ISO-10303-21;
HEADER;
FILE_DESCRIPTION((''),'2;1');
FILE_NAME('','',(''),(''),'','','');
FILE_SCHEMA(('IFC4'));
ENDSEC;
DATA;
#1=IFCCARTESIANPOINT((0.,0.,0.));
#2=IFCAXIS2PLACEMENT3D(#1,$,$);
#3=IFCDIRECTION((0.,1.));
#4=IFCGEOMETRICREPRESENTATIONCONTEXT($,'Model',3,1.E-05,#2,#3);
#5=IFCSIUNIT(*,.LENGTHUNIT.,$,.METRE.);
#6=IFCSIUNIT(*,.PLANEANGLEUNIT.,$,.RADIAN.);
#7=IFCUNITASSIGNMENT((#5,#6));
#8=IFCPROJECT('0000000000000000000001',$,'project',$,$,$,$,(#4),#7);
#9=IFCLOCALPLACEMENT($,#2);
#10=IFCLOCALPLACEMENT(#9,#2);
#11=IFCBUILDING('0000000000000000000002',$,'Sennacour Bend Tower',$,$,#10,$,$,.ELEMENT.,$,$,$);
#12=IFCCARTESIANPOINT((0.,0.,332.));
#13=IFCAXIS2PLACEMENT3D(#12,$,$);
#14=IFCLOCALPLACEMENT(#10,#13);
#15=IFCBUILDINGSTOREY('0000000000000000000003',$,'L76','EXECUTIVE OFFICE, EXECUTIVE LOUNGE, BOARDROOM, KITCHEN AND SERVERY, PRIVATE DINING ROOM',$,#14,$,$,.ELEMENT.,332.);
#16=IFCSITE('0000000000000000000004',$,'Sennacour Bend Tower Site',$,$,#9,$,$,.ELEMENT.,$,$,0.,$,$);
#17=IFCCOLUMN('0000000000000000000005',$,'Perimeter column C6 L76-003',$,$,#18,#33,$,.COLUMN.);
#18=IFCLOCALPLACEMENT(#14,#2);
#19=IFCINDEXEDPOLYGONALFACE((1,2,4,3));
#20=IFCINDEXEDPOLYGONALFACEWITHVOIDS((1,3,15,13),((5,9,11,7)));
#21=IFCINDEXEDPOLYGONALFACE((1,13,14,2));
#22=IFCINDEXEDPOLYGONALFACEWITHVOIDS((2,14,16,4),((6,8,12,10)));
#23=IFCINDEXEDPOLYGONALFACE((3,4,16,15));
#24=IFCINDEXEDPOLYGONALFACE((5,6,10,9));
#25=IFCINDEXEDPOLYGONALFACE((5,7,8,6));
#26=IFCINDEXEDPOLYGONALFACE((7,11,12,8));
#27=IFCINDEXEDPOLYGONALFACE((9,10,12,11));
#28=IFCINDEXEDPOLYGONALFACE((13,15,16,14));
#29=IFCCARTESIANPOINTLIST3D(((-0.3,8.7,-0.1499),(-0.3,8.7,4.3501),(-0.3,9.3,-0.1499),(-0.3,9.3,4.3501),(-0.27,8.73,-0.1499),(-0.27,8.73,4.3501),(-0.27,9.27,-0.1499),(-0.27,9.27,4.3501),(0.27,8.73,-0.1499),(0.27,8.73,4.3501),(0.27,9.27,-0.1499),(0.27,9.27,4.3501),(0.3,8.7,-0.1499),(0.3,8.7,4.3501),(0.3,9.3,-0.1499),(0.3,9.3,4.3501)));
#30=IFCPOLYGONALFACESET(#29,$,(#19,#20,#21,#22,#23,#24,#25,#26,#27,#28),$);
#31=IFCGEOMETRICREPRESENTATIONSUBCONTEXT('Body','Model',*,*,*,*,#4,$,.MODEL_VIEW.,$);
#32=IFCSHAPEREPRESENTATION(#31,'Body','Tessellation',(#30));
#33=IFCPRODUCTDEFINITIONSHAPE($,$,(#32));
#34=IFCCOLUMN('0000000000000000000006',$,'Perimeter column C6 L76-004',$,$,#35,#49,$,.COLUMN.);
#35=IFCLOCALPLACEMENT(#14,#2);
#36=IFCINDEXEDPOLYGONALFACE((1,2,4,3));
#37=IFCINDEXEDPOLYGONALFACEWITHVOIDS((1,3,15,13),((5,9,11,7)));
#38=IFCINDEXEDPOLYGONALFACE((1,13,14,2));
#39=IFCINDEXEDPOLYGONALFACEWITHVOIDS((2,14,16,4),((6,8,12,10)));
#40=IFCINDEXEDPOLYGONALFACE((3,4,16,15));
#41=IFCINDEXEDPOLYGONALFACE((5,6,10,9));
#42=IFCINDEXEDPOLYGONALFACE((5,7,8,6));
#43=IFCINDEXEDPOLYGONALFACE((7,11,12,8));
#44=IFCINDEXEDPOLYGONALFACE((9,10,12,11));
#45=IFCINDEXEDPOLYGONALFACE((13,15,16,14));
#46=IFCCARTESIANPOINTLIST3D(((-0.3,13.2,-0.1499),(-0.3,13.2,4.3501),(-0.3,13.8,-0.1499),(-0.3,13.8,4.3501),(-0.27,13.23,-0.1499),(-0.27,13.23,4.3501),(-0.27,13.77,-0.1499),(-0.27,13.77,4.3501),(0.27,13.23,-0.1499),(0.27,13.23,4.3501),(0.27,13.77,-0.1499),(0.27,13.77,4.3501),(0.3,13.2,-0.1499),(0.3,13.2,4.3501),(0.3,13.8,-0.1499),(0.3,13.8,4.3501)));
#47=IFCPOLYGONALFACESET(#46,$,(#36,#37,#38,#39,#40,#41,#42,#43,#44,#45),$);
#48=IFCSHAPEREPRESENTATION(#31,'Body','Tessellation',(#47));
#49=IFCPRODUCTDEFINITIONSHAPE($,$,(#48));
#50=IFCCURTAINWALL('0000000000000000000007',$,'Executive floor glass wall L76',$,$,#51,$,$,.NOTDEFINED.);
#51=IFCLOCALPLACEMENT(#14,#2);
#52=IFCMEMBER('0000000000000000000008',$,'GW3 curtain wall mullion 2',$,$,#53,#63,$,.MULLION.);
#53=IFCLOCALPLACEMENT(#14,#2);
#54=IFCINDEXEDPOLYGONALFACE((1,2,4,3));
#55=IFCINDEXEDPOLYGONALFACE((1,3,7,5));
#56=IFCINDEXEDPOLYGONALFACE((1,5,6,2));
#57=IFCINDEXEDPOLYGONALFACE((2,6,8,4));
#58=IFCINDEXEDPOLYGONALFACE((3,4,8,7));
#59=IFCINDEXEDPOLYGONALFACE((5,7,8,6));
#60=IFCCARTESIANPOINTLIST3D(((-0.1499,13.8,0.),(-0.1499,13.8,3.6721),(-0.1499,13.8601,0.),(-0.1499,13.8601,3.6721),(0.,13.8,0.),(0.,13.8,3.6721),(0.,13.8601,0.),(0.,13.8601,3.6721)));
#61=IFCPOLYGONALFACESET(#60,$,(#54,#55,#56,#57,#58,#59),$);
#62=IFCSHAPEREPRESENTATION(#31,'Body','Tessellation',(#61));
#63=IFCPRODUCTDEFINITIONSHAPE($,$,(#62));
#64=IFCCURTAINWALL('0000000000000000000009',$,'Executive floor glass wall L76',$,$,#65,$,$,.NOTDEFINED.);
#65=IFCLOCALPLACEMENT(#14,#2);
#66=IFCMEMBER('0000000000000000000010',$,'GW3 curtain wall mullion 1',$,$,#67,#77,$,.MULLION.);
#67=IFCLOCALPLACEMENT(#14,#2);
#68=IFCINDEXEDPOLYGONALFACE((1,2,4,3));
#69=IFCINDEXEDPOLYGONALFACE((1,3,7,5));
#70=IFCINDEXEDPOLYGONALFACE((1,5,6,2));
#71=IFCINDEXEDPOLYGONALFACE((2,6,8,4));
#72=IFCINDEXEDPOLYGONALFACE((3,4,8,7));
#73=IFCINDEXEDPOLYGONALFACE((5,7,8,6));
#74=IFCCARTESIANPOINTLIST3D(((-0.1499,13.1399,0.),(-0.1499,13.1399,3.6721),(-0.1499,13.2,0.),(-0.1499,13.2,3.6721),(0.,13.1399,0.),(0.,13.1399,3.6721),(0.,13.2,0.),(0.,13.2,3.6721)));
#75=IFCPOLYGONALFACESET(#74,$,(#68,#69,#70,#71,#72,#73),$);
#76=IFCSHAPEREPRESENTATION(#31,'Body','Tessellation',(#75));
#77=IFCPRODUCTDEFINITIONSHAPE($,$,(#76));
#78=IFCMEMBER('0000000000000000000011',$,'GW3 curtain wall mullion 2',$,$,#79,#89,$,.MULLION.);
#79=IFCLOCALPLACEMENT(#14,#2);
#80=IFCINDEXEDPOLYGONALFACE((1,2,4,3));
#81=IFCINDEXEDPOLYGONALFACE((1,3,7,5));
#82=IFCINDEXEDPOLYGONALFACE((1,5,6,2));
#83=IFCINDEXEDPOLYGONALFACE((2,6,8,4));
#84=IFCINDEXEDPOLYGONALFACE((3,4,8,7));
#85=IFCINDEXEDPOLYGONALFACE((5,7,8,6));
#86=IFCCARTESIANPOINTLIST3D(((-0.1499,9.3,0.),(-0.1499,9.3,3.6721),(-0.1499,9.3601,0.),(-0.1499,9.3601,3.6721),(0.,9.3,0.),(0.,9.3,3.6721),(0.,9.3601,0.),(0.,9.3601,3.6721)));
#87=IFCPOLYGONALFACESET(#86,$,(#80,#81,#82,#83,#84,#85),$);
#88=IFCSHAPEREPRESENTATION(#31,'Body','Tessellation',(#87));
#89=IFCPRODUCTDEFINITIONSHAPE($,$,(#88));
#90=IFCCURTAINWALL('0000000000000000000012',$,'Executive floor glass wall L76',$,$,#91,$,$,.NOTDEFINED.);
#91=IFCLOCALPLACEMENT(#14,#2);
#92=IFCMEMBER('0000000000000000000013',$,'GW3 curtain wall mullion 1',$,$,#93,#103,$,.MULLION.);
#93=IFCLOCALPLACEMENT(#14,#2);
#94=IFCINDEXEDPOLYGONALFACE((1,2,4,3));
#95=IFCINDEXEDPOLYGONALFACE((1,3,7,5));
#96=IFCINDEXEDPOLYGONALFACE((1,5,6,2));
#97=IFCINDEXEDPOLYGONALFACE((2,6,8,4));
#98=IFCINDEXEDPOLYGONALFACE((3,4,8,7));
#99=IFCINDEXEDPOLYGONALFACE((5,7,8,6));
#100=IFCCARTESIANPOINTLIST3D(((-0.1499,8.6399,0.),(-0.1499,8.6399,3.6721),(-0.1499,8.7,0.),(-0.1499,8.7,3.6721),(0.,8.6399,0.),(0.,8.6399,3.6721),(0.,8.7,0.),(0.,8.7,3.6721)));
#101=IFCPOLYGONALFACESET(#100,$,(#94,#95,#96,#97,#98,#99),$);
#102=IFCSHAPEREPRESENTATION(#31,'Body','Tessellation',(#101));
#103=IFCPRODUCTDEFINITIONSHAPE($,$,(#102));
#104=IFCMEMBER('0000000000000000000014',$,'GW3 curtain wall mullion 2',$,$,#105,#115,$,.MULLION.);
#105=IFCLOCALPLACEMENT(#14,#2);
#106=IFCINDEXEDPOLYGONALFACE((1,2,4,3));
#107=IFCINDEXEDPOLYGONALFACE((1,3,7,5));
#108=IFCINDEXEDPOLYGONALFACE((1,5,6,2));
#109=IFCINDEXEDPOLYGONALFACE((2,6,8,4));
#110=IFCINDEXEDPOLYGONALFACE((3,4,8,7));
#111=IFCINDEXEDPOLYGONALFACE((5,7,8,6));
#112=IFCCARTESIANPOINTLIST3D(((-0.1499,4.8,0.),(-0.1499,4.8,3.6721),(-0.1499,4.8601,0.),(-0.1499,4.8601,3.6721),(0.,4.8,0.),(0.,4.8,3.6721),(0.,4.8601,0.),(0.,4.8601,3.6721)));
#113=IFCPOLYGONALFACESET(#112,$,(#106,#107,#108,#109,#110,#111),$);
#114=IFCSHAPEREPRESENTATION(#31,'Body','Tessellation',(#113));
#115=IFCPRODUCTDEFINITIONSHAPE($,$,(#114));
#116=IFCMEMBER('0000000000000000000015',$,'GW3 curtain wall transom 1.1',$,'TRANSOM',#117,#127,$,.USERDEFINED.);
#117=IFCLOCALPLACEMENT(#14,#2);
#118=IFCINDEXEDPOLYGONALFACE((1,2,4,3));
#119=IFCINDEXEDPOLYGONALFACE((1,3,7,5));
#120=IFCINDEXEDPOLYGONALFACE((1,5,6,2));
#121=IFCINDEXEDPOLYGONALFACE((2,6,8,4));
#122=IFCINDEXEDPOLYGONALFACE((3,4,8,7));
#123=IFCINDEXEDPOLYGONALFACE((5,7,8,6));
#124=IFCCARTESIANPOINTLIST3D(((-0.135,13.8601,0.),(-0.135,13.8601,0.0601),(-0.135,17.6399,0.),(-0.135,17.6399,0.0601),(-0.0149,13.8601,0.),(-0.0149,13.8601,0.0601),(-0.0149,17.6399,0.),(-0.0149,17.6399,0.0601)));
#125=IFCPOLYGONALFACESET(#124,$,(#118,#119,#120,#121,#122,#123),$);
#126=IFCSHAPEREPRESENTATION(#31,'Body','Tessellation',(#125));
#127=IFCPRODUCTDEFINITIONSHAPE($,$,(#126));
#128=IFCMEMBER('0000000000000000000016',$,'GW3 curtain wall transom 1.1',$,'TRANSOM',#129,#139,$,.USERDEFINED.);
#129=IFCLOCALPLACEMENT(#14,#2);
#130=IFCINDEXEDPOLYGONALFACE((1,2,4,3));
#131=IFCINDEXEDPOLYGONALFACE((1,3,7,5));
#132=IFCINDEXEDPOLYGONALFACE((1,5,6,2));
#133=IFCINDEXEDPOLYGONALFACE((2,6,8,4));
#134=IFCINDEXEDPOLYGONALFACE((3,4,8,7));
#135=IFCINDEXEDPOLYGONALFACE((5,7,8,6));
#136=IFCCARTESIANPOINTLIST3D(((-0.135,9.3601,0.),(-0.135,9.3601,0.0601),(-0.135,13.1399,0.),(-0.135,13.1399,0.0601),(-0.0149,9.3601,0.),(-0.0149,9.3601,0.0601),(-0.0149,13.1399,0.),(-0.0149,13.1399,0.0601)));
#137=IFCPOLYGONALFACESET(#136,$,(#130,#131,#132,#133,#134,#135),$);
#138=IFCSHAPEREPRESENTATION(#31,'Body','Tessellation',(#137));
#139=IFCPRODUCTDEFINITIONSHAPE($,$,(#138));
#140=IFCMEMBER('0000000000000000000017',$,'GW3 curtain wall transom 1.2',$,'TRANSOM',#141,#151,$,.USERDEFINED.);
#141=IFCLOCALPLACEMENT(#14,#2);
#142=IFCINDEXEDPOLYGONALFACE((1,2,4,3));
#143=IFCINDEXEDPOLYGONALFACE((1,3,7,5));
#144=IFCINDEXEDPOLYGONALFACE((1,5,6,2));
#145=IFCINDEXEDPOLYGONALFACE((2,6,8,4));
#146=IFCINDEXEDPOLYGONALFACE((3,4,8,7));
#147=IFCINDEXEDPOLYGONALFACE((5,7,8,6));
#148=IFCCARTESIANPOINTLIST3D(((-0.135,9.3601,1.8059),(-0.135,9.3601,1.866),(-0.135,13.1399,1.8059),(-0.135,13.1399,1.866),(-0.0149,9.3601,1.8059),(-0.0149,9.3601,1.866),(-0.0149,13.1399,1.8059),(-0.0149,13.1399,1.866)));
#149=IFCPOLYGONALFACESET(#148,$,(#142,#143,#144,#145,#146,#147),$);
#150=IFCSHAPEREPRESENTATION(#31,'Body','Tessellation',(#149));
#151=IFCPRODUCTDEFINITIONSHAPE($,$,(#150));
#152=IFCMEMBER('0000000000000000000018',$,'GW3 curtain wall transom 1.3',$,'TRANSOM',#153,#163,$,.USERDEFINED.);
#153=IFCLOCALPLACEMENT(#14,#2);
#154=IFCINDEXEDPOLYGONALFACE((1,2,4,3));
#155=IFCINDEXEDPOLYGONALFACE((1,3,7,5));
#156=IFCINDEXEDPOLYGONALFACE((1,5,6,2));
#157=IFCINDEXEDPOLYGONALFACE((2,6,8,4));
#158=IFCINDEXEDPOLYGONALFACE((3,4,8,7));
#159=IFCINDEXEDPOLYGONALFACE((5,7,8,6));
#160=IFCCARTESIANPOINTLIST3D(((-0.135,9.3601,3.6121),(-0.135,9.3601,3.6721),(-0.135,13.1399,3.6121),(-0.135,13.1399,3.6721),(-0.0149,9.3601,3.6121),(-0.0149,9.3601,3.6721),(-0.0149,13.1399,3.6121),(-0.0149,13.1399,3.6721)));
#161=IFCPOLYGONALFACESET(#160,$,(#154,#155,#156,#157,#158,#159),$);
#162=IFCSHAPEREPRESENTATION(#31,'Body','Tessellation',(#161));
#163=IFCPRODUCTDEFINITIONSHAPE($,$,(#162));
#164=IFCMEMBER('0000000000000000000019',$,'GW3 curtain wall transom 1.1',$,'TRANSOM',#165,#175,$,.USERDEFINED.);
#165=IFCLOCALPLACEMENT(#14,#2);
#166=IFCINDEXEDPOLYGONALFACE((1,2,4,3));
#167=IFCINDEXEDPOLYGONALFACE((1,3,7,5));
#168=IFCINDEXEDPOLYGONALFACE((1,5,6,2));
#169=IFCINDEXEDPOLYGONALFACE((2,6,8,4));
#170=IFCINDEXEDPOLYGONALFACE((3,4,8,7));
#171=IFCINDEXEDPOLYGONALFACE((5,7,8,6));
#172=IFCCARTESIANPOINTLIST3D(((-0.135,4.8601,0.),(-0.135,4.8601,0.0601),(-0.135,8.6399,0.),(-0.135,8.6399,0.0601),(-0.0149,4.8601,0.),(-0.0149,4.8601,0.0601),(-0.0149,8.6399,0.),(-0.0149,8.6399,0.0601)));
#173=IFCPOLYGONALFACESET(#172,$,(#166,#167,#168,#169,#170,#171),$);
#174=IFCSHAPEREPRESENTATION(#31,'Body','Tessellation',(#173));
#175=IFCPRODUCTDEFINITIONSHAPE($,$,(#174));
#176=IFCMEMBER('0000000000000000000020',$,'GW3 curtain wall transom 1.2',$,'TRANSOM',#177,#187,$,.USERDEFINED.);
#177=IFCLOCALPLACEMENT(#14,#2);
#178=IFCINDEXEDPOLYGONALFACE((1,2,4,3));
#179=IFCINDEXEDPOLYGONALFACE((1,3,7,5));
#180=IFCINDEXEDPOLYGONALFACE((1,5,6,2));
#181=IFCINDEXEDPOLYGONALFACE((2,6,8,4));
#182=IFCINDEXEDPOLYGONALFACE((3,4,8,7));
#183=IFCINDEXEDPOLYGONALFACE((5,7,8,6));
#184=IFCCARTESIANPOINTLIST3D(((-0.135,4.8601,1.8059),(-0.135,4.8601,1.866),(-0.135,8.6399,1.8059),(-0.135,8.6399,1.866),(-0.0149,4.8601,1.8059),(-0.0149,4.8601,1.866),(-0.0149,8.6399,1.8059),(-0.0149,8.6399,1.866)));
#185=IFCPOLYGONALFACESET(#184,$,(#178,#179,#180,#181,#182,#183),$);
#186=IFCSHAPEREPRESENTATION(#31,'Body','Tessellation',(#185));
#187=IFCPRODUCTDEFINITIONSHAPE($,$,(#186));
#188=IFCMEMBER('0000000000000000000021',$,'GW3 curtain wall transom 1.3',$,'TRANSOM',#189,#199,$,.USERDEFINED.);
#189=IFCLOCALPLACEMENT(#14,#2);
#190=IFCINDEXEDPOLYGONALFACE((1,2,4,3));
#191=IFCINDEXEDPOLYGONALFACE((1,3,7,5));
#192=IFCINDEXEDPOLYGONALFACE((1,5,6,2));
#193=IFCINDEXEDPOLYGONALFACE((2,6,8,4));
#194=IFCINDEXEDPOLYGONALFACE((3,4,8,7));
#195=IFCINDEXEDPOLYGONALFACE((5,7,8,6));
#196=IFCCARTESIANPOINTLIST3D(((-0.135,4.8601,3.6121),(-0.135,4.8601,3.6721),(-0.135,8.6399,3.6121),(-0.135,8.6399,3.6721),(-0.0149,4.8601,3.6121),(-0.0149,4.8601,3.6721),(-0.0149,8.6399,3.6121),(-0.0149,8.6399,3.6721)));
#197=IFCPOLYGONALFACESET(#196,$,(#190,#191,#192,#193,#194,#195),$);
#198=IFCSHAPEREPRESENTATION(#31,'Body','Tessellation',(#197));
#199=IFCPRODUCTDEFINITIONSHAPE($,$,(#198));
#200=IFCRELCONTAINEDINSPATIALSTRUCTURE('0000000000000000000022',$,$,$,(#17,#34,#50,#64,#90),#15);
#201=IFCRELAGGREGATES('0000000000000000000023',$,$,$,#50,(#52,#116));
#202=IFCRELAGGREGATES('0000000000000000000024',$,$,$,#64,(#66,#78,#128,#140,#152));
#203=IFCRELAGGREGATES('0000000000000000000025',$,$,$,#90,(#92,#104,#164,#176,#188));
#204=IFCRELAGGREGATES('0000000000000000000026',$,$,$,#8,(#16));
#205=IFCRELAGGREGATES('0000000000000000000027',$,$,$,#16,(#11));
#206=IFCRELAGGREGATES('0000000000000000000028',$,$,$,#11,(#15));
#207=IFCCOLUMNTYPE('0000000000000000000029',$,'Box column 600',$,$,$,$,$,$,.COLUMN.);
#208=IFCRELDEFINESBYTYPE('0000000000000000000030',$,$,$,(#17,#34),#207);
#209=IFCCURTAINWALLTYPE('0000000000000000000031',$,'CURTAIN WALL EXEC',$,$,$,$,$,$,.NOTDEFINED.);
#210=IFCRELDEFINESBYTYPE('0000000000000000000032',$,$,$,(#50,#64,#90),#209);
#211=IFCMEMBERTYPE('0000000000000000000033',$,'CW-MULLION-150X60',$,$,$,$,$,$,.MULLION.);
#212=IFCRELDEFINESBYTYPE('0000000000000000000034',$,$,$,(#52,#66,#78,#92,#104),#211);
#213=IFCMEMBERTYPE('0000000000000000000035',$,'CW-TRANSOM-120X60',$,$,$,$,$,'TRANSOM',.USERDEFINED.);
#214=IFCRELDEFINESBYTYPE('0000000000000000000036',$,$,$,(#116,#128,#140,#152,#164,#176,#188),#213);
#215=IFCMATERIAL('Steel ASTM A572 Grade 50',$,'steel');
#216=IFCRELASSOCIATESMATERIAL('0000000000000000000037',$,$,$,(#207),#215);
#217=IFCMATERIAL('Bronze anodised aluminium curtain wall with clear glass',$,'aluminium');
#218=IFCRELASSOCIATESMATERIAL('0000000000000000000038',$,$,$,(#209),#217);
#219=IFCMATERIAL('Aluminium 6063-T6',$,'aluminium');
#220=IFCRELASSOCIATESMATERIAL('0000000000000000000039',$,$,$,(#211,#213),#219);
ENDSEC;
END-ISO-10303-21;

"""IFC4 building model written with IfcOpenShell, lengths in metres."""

from ifc_helpers import new_model, si_unit, direction, frame, origin, origin_2d, place, context, subcontext, project, spatial, rectangle, hollow_rectangle, extrude, material, material_profile, profile_set, type_object, element, aggregate, save


model = new_model("IFC4")

# Units and contexts
model_context = context("Model", 3, precision=1e-05, world=origin(), true_north=direction((0.0, 1.0)))
body_context = subcontext(model_context, "Body", "Model", "MODEL_VIEW")
ifc_project = project(units=[si_unit("LENGTHUNIT", "METRE"), si_unit("PLANEANGLEUNIT", "RADIAN")], contexts=[model_context])

# Site, building, storey
site_placement = place(None, origin())
site = spatial("IfcSite", under=ifc_project, at=site_placement, Name="Sennacour Bend Tower Site", CompositionType="ELEMENT", RefElevation=0.0)
building_placement = place(site_placement, origin())
building = spatial("IfcBuilding", under=site, at=building_placement, Name="Sennacour Bend Tower", CompositionType="ELEMENT")
storey_placement = place(building_placement, frame((0.0, 0.0, 332.0)))
storey = spatial("IfcBuildingStorey", under=building, at=storey_placement, Name="L76", Description="EXECUTIVE OFFICE, EXECUTIVE LOUNGE, BOARDROOM, KITCHEN AND SERVERY, PRIVATE DINING ROOM", CompositionType="ELEMENT", Elevation=332.0)

# Columns
ifc_material_1 = material(Name="Steel ASTM A572 Grade 50", Category="steel")
ifc_material_profile_1 = material_profile(ifc_material_1, hollow_rectangle(XDim=0.6001, YDim=0.6001, WallThickness=0.03, at=origin_2d()), Name="Steel ASTM A572 Grade 50", Category="steel")
ifc_profile_set_1 = profile_set([ifc_material_profile_1], Name="Steel ASTM A572 Grade 50")
column_type = type_object("IfcColumnType", Name="Box column 600", PredefinedType="COLUMN", material=ifc_profile_set_1)
for number, where, z_axis, x_axis, name in (
    (1, (0.0, 9.0, -0.1499), (0.0, 0.0, 1.0), (1.0, 0.0, 0.0), "Perimeter column C6 L76-003"),
    (2, (0.0, 13.5, -0.1499), (0.0, 0.0, 1.0), (1.0, 0.0, 0.0), "Perimeter column C6 L76-004"),
):
    element("IfcColumn", number, at=place(storey_placement, frame(where, z_axis=z_axis, x_axis=x_axis)), inside=storey, type_object=column_type, Name=name, PredefinedType="COLUMN", context=body_context, shape_type="SweptSolid", body=[
        extrude(hollow_rectangle(XDim=0.6001, YDim=0.6001, WallThickness=0.03, at=origin_2d()), origin(), (0.0, 0.0, 1.0), 4.5),
    ])

# Curtain wall, member
ifc_material_2 = material(Name="Bronze anodised aluminium curtain wall with clear glass", Category="aluminium")
curtain_wall_type = type_object("IfcCurtainWallType", Name="CURTAIN WALL EXEC", PredefinedType="NOTDEFINED", material=ifc_material_2)
curtain_wall_1_placement = place(storey_placement, origin())
curtain_wall_1 = element("IfcCurtainWall", 3, at=curtain_wall_1_placement, inside=storey, type_object=curtain_wall_type, Name="Executive floor glass wall L76", PredefinedType="NOTDEFINED")
ifc_material_3 = material(Name="Aluminium 6063-T6", Category="aluminium")
ifc_material_profile_2 = material_profile(ifc_material_3, rectangle(XDim=0.1499, YDim=0.0601, at=origin_2d()), Name="Aluminium 6063-T6", Category="aluminium")
ifc_profile_set_2 = profile_set([ifc_material_profile_2], Name="Aluminium 6063-T6")
member_type_1 = type_object("IfcMemberType", Name="CW-MULLION-150X60", PredefinedType="MULLION", material=ifc_profile_set_2)
member_1_placement = place(storey_placement, frame((-0.075, 13.8301, 0.0), z_axis=(0.0, 0.0, 1.0), x_axis=(1.0, 0.0, 0.0)))
member_1 = element("IfcMember", 4, at=member_1_placement, type_object=member_type_1, Name="GW3 curtain wall mullion 2", PredefinedType="MULLION", context=body_context, shape_type="SweptSolid", body=[
    extrude(rectangle(XDim=0.1499, YDim=0.0601, at=origin_2d()), origin(), (0.0, 0.0, 1.0), 3.6721),
])

# Curtain walls, members
curtain_wall_2_placement = place(storey_placement, origin())
curtain_wall_2 = element("IfcCurtainWall", 5, at=curtain_wall_2_placement, inside=storey, type_object=curtain_wall_type, Name="Executive floor glass wall L76", PredefinedType="NOTDEFINED")
member_2_placement = place(storey_placement, frame((-0.075, 13.1699, 0.0), z_axis=(0.0, 0.0, 1.0), x_axis=(1.0, 0.0, 0.0)))
member_2 = element("IfcMember", 6, at=member_2_placement, type_object=member_type_1, Name="GW3 curtain wall mullion 1", PredefinedType="MULLION", context=body_context, shape_type="SweptSolid", body=[
    extrude(rectangle(XDim=0.1499, YDim=0.0601, at=origin_2d()), origin(), (0.0, 0.0, 1.0), 3.6721),
])
member_3_placement = place(storey_placement, frame((-0.075, 9.3301, 0.0), z_axis=(0.0, 0.0, 1.0), x_axis=(1.0, 0.0, 0.0)))
member_3 = element("IfcMember", 7, at=member_3_placement, type_object=member_type_1, Name="GW3 curtain wall mullion 2", PredefinedType="MULLION", context=body_context, shape_type="SweptSolid", body=[
    extrude(rectangle(XDim=0.1499, YDim=0.0601, at=origin_2d()), origin(), (0.0, 0.0, 1.0), 3.6721),
])
curtain_wall_3_placement = place(storey_placement, origin())
curtain_wall_3 = element("IfcCurtainWall", 8, at=curtain_wall_3_placement, inside=storey, type_object=curtain_wall_type, Name="Executive floor glass wall L76", PredefinedType="NOTDEFINED")
member_4_placement = place(storey_placement, frame((-0.075, 8.6699, 0.0), z_axis=(0.0, 0.0, 1.0), x_axis=(1.0, 0.0, 0.0)))
member_4 = element("IfcMember", 9, at=member_4_placement, type_object=member_type_1, Name="GW3 curtain wall mullion 1", PredefinedType="MULLION", context=body_context, shape_type="SweptSolid", body=[
    extrude(rectangle(XDim=0.1499, YDim=0.0601, at=origin_2d()), origin(), (0.0, 0.0, 1.0), 3.6721),
])
member_5_placement = place(storey_placement, frame((-0.075, 4.8301, 0.0), z_axis=(0.0, 0.0, 1.0), x_axis=(1.0, 0.0, 0.0)))
member_5 = element("IfcMember", 10, at=member_5_placement, type_object=member_type_1, Name="GW3 curtain wall mullion 2", PredefinedType="MULLION", context=body_context, shape_type="SweptSolid", body=[
    extrude(rectangle(XDim=0.1499, YDim=0.0601, at=origin_2d()), origin(), (0.0, 0.0, 1.0), 3.6721),
])

# Members
ifc_material_profile_3 = material_profile(ifc_material_3, rectangle(XDim=0.1201, YDim=0.0601, at=origin_2d()), Name="Aluminium 6063-T6", Category="aluminium")
ifc_profile_set_3 = profile_set([ifc_material_profile_3], Name="Aluminium 6063-T6")
member_type_2 = type_object("IfcMemberType", Name="CW-TRANSOM-120X60", ElementType="TRANSOM", PredefinedType="USERDEFINED", material=ifc_profile_set_3)
member_6_placement = place(storey_placement, frame((-0.075, 17.6399, 0.03), z_axis=(0.0, -1.0, 0.0), x_axis=(1.0, 0.0, 0.0)))
member_6 = element("IfcMember", 11, at=member_6_placement, type_object=member_type_2, Name="GW3 curtain wall transom 1.1", ObjectType="TRANSOM", PredefinedType="USERDEFINED", context=body_context, shape_type="SweptSolid", body=[
    extrude(rectangle(XDim=0.1201, YDim=0.0601, at=origin_2d()), origin(), (0.0, 0.0, 1.0), 3.7798),
])
member_7_placement = place(storey_placement, frame((-0.075, 13.1399, 0.03), z_axis=(0.0, -1.0, 0.0), x_axis=(1.0, 0.0, 0.0)))
member_7 = element("IfcMember", 12, at=member_7_placement, type_object=member_type_2, Name="GW3 curtain wall transom 1.1", ObjectType="TRANSOM", PredefinedType="USERDEFINED", context=body_context, shape_type="SweptSolid", body=[
    extrude(rectangle(XDim=0.1201, YDim=0.0601, at=origin_2d()), origin(), (0.0, 0.0, 1.0), 3.7798),
])
member_8_placement = place(storey_placement, frame((-0.075, 13.1399, 1.8359), z_axis=(0.0, -1.0, 0.0), x_axis=(1.0, 0.0, 0.0)))
member_8 = element("IfcMember", 13, at=member_8_placement, type_object=member_type_2, Name="GW3 curtain wall transom 1.2", ObjectType="TRANSOM", PredefinedType="USERDEFINED", context=body_context, shape_type="SweptSolid", body=[
    extrude(rectangle(XDim=0.1201, YDim=0.0601, at=origin_2d()), origin(), (0.0, 0.0, 1.0), 3.7798),
])
member_9_placement = place(storey_placement, frame((-0.075, 13.1399, 3.6421), z_axis=(0.0, -1.0, 0.0), x_axis=(1.0, 0.0, 0.0)))
member_9 = element("IfcMember", 14, at=member_9_placement, type_object=member_type_2, Name="GW3 curtain wall transom 1.3", ObjectType="TRANSOM", PredefinedType="USERDEFINED", context=body_context, shape_type="SweptSolid", body=[
    extrude(rectangle(XDim=0.1201, YDim=0.0601, at=origin_2d()), origin(), (0.0, 0.0, 1.0), 3.7798),
])
member_10_placement = place(storey_placement, frame((-0.075, 8.6399, 0.03), z_axis=(0.0, -1.0, 0.0), x_axis=(1.0, 0.0, 0.0)))
member_10 = element("IfcMember", 15, at=member_10_placement, type_object=member_type_2, Name="GW3 curtain wall transom 1.1", ObjectType="TRANSOM", PredefinedType="USERDEFINED", context=body_context, shape_type="SweptSolid", body=[
    extrude(rectangle(XDim=0.1201, YDim=0.0601, at=origin_2d()), origin(), (0.0, 0.0, 1.0), 3.7798),
])
member_11_placement = place(storey_placement, frame((-0.075, 8.6399, 1.8359), z_axis=(0.0, -1.0, 0.0), x_axis=(1.0, 0.0, 0.0)))
member_11 = element("IfcMember", 16, at=member_11_placement, type_object=member_type_2, Name="GW3 curtain wall transom 1.2", ObjectType="TRANSOM", PredefinedType="USERDEFINED", context=body_context, shape_type="SweptSolid", body=[
    extrude(rectangle(XDim=0.1201, YDim=0.0601, at=origin_2d()), origin(), (0.0, 0.0, 1.0), 3.7798),
])
member_12_placement = place(storey_placement, frame((-0.075, 8.6399, 3.6421), z_axis=(0.0, -1.0, 0.0), x_axis=(1.0, 0.0, 0.0)))
member_12 = element("IfcMember", 17, at=member_12_placement, type_object=member_type_2, Name="GW3 curtain wall transom 1.3", ObjectType="TRANSOM", PredefinedType="USERDEFINED", context=body_context, shape_type="SweptSolid", body=[
    extrude(rectangle(XDim=0.1201, YDim=0.0601, at=origin_2d()), origin(), (0.0, 0.0, 1.0), 3.7798),
])

aggregate(curtain_wall_1, [member_1, member_6])
aggregate(curtain_wall_2, [member_2, member_3, member_7, member_8, member_9])
aggregate(curtain_wall_3, [member_4, member_5, member_10, member_11, member_12])

save(model, "model.ifc")
